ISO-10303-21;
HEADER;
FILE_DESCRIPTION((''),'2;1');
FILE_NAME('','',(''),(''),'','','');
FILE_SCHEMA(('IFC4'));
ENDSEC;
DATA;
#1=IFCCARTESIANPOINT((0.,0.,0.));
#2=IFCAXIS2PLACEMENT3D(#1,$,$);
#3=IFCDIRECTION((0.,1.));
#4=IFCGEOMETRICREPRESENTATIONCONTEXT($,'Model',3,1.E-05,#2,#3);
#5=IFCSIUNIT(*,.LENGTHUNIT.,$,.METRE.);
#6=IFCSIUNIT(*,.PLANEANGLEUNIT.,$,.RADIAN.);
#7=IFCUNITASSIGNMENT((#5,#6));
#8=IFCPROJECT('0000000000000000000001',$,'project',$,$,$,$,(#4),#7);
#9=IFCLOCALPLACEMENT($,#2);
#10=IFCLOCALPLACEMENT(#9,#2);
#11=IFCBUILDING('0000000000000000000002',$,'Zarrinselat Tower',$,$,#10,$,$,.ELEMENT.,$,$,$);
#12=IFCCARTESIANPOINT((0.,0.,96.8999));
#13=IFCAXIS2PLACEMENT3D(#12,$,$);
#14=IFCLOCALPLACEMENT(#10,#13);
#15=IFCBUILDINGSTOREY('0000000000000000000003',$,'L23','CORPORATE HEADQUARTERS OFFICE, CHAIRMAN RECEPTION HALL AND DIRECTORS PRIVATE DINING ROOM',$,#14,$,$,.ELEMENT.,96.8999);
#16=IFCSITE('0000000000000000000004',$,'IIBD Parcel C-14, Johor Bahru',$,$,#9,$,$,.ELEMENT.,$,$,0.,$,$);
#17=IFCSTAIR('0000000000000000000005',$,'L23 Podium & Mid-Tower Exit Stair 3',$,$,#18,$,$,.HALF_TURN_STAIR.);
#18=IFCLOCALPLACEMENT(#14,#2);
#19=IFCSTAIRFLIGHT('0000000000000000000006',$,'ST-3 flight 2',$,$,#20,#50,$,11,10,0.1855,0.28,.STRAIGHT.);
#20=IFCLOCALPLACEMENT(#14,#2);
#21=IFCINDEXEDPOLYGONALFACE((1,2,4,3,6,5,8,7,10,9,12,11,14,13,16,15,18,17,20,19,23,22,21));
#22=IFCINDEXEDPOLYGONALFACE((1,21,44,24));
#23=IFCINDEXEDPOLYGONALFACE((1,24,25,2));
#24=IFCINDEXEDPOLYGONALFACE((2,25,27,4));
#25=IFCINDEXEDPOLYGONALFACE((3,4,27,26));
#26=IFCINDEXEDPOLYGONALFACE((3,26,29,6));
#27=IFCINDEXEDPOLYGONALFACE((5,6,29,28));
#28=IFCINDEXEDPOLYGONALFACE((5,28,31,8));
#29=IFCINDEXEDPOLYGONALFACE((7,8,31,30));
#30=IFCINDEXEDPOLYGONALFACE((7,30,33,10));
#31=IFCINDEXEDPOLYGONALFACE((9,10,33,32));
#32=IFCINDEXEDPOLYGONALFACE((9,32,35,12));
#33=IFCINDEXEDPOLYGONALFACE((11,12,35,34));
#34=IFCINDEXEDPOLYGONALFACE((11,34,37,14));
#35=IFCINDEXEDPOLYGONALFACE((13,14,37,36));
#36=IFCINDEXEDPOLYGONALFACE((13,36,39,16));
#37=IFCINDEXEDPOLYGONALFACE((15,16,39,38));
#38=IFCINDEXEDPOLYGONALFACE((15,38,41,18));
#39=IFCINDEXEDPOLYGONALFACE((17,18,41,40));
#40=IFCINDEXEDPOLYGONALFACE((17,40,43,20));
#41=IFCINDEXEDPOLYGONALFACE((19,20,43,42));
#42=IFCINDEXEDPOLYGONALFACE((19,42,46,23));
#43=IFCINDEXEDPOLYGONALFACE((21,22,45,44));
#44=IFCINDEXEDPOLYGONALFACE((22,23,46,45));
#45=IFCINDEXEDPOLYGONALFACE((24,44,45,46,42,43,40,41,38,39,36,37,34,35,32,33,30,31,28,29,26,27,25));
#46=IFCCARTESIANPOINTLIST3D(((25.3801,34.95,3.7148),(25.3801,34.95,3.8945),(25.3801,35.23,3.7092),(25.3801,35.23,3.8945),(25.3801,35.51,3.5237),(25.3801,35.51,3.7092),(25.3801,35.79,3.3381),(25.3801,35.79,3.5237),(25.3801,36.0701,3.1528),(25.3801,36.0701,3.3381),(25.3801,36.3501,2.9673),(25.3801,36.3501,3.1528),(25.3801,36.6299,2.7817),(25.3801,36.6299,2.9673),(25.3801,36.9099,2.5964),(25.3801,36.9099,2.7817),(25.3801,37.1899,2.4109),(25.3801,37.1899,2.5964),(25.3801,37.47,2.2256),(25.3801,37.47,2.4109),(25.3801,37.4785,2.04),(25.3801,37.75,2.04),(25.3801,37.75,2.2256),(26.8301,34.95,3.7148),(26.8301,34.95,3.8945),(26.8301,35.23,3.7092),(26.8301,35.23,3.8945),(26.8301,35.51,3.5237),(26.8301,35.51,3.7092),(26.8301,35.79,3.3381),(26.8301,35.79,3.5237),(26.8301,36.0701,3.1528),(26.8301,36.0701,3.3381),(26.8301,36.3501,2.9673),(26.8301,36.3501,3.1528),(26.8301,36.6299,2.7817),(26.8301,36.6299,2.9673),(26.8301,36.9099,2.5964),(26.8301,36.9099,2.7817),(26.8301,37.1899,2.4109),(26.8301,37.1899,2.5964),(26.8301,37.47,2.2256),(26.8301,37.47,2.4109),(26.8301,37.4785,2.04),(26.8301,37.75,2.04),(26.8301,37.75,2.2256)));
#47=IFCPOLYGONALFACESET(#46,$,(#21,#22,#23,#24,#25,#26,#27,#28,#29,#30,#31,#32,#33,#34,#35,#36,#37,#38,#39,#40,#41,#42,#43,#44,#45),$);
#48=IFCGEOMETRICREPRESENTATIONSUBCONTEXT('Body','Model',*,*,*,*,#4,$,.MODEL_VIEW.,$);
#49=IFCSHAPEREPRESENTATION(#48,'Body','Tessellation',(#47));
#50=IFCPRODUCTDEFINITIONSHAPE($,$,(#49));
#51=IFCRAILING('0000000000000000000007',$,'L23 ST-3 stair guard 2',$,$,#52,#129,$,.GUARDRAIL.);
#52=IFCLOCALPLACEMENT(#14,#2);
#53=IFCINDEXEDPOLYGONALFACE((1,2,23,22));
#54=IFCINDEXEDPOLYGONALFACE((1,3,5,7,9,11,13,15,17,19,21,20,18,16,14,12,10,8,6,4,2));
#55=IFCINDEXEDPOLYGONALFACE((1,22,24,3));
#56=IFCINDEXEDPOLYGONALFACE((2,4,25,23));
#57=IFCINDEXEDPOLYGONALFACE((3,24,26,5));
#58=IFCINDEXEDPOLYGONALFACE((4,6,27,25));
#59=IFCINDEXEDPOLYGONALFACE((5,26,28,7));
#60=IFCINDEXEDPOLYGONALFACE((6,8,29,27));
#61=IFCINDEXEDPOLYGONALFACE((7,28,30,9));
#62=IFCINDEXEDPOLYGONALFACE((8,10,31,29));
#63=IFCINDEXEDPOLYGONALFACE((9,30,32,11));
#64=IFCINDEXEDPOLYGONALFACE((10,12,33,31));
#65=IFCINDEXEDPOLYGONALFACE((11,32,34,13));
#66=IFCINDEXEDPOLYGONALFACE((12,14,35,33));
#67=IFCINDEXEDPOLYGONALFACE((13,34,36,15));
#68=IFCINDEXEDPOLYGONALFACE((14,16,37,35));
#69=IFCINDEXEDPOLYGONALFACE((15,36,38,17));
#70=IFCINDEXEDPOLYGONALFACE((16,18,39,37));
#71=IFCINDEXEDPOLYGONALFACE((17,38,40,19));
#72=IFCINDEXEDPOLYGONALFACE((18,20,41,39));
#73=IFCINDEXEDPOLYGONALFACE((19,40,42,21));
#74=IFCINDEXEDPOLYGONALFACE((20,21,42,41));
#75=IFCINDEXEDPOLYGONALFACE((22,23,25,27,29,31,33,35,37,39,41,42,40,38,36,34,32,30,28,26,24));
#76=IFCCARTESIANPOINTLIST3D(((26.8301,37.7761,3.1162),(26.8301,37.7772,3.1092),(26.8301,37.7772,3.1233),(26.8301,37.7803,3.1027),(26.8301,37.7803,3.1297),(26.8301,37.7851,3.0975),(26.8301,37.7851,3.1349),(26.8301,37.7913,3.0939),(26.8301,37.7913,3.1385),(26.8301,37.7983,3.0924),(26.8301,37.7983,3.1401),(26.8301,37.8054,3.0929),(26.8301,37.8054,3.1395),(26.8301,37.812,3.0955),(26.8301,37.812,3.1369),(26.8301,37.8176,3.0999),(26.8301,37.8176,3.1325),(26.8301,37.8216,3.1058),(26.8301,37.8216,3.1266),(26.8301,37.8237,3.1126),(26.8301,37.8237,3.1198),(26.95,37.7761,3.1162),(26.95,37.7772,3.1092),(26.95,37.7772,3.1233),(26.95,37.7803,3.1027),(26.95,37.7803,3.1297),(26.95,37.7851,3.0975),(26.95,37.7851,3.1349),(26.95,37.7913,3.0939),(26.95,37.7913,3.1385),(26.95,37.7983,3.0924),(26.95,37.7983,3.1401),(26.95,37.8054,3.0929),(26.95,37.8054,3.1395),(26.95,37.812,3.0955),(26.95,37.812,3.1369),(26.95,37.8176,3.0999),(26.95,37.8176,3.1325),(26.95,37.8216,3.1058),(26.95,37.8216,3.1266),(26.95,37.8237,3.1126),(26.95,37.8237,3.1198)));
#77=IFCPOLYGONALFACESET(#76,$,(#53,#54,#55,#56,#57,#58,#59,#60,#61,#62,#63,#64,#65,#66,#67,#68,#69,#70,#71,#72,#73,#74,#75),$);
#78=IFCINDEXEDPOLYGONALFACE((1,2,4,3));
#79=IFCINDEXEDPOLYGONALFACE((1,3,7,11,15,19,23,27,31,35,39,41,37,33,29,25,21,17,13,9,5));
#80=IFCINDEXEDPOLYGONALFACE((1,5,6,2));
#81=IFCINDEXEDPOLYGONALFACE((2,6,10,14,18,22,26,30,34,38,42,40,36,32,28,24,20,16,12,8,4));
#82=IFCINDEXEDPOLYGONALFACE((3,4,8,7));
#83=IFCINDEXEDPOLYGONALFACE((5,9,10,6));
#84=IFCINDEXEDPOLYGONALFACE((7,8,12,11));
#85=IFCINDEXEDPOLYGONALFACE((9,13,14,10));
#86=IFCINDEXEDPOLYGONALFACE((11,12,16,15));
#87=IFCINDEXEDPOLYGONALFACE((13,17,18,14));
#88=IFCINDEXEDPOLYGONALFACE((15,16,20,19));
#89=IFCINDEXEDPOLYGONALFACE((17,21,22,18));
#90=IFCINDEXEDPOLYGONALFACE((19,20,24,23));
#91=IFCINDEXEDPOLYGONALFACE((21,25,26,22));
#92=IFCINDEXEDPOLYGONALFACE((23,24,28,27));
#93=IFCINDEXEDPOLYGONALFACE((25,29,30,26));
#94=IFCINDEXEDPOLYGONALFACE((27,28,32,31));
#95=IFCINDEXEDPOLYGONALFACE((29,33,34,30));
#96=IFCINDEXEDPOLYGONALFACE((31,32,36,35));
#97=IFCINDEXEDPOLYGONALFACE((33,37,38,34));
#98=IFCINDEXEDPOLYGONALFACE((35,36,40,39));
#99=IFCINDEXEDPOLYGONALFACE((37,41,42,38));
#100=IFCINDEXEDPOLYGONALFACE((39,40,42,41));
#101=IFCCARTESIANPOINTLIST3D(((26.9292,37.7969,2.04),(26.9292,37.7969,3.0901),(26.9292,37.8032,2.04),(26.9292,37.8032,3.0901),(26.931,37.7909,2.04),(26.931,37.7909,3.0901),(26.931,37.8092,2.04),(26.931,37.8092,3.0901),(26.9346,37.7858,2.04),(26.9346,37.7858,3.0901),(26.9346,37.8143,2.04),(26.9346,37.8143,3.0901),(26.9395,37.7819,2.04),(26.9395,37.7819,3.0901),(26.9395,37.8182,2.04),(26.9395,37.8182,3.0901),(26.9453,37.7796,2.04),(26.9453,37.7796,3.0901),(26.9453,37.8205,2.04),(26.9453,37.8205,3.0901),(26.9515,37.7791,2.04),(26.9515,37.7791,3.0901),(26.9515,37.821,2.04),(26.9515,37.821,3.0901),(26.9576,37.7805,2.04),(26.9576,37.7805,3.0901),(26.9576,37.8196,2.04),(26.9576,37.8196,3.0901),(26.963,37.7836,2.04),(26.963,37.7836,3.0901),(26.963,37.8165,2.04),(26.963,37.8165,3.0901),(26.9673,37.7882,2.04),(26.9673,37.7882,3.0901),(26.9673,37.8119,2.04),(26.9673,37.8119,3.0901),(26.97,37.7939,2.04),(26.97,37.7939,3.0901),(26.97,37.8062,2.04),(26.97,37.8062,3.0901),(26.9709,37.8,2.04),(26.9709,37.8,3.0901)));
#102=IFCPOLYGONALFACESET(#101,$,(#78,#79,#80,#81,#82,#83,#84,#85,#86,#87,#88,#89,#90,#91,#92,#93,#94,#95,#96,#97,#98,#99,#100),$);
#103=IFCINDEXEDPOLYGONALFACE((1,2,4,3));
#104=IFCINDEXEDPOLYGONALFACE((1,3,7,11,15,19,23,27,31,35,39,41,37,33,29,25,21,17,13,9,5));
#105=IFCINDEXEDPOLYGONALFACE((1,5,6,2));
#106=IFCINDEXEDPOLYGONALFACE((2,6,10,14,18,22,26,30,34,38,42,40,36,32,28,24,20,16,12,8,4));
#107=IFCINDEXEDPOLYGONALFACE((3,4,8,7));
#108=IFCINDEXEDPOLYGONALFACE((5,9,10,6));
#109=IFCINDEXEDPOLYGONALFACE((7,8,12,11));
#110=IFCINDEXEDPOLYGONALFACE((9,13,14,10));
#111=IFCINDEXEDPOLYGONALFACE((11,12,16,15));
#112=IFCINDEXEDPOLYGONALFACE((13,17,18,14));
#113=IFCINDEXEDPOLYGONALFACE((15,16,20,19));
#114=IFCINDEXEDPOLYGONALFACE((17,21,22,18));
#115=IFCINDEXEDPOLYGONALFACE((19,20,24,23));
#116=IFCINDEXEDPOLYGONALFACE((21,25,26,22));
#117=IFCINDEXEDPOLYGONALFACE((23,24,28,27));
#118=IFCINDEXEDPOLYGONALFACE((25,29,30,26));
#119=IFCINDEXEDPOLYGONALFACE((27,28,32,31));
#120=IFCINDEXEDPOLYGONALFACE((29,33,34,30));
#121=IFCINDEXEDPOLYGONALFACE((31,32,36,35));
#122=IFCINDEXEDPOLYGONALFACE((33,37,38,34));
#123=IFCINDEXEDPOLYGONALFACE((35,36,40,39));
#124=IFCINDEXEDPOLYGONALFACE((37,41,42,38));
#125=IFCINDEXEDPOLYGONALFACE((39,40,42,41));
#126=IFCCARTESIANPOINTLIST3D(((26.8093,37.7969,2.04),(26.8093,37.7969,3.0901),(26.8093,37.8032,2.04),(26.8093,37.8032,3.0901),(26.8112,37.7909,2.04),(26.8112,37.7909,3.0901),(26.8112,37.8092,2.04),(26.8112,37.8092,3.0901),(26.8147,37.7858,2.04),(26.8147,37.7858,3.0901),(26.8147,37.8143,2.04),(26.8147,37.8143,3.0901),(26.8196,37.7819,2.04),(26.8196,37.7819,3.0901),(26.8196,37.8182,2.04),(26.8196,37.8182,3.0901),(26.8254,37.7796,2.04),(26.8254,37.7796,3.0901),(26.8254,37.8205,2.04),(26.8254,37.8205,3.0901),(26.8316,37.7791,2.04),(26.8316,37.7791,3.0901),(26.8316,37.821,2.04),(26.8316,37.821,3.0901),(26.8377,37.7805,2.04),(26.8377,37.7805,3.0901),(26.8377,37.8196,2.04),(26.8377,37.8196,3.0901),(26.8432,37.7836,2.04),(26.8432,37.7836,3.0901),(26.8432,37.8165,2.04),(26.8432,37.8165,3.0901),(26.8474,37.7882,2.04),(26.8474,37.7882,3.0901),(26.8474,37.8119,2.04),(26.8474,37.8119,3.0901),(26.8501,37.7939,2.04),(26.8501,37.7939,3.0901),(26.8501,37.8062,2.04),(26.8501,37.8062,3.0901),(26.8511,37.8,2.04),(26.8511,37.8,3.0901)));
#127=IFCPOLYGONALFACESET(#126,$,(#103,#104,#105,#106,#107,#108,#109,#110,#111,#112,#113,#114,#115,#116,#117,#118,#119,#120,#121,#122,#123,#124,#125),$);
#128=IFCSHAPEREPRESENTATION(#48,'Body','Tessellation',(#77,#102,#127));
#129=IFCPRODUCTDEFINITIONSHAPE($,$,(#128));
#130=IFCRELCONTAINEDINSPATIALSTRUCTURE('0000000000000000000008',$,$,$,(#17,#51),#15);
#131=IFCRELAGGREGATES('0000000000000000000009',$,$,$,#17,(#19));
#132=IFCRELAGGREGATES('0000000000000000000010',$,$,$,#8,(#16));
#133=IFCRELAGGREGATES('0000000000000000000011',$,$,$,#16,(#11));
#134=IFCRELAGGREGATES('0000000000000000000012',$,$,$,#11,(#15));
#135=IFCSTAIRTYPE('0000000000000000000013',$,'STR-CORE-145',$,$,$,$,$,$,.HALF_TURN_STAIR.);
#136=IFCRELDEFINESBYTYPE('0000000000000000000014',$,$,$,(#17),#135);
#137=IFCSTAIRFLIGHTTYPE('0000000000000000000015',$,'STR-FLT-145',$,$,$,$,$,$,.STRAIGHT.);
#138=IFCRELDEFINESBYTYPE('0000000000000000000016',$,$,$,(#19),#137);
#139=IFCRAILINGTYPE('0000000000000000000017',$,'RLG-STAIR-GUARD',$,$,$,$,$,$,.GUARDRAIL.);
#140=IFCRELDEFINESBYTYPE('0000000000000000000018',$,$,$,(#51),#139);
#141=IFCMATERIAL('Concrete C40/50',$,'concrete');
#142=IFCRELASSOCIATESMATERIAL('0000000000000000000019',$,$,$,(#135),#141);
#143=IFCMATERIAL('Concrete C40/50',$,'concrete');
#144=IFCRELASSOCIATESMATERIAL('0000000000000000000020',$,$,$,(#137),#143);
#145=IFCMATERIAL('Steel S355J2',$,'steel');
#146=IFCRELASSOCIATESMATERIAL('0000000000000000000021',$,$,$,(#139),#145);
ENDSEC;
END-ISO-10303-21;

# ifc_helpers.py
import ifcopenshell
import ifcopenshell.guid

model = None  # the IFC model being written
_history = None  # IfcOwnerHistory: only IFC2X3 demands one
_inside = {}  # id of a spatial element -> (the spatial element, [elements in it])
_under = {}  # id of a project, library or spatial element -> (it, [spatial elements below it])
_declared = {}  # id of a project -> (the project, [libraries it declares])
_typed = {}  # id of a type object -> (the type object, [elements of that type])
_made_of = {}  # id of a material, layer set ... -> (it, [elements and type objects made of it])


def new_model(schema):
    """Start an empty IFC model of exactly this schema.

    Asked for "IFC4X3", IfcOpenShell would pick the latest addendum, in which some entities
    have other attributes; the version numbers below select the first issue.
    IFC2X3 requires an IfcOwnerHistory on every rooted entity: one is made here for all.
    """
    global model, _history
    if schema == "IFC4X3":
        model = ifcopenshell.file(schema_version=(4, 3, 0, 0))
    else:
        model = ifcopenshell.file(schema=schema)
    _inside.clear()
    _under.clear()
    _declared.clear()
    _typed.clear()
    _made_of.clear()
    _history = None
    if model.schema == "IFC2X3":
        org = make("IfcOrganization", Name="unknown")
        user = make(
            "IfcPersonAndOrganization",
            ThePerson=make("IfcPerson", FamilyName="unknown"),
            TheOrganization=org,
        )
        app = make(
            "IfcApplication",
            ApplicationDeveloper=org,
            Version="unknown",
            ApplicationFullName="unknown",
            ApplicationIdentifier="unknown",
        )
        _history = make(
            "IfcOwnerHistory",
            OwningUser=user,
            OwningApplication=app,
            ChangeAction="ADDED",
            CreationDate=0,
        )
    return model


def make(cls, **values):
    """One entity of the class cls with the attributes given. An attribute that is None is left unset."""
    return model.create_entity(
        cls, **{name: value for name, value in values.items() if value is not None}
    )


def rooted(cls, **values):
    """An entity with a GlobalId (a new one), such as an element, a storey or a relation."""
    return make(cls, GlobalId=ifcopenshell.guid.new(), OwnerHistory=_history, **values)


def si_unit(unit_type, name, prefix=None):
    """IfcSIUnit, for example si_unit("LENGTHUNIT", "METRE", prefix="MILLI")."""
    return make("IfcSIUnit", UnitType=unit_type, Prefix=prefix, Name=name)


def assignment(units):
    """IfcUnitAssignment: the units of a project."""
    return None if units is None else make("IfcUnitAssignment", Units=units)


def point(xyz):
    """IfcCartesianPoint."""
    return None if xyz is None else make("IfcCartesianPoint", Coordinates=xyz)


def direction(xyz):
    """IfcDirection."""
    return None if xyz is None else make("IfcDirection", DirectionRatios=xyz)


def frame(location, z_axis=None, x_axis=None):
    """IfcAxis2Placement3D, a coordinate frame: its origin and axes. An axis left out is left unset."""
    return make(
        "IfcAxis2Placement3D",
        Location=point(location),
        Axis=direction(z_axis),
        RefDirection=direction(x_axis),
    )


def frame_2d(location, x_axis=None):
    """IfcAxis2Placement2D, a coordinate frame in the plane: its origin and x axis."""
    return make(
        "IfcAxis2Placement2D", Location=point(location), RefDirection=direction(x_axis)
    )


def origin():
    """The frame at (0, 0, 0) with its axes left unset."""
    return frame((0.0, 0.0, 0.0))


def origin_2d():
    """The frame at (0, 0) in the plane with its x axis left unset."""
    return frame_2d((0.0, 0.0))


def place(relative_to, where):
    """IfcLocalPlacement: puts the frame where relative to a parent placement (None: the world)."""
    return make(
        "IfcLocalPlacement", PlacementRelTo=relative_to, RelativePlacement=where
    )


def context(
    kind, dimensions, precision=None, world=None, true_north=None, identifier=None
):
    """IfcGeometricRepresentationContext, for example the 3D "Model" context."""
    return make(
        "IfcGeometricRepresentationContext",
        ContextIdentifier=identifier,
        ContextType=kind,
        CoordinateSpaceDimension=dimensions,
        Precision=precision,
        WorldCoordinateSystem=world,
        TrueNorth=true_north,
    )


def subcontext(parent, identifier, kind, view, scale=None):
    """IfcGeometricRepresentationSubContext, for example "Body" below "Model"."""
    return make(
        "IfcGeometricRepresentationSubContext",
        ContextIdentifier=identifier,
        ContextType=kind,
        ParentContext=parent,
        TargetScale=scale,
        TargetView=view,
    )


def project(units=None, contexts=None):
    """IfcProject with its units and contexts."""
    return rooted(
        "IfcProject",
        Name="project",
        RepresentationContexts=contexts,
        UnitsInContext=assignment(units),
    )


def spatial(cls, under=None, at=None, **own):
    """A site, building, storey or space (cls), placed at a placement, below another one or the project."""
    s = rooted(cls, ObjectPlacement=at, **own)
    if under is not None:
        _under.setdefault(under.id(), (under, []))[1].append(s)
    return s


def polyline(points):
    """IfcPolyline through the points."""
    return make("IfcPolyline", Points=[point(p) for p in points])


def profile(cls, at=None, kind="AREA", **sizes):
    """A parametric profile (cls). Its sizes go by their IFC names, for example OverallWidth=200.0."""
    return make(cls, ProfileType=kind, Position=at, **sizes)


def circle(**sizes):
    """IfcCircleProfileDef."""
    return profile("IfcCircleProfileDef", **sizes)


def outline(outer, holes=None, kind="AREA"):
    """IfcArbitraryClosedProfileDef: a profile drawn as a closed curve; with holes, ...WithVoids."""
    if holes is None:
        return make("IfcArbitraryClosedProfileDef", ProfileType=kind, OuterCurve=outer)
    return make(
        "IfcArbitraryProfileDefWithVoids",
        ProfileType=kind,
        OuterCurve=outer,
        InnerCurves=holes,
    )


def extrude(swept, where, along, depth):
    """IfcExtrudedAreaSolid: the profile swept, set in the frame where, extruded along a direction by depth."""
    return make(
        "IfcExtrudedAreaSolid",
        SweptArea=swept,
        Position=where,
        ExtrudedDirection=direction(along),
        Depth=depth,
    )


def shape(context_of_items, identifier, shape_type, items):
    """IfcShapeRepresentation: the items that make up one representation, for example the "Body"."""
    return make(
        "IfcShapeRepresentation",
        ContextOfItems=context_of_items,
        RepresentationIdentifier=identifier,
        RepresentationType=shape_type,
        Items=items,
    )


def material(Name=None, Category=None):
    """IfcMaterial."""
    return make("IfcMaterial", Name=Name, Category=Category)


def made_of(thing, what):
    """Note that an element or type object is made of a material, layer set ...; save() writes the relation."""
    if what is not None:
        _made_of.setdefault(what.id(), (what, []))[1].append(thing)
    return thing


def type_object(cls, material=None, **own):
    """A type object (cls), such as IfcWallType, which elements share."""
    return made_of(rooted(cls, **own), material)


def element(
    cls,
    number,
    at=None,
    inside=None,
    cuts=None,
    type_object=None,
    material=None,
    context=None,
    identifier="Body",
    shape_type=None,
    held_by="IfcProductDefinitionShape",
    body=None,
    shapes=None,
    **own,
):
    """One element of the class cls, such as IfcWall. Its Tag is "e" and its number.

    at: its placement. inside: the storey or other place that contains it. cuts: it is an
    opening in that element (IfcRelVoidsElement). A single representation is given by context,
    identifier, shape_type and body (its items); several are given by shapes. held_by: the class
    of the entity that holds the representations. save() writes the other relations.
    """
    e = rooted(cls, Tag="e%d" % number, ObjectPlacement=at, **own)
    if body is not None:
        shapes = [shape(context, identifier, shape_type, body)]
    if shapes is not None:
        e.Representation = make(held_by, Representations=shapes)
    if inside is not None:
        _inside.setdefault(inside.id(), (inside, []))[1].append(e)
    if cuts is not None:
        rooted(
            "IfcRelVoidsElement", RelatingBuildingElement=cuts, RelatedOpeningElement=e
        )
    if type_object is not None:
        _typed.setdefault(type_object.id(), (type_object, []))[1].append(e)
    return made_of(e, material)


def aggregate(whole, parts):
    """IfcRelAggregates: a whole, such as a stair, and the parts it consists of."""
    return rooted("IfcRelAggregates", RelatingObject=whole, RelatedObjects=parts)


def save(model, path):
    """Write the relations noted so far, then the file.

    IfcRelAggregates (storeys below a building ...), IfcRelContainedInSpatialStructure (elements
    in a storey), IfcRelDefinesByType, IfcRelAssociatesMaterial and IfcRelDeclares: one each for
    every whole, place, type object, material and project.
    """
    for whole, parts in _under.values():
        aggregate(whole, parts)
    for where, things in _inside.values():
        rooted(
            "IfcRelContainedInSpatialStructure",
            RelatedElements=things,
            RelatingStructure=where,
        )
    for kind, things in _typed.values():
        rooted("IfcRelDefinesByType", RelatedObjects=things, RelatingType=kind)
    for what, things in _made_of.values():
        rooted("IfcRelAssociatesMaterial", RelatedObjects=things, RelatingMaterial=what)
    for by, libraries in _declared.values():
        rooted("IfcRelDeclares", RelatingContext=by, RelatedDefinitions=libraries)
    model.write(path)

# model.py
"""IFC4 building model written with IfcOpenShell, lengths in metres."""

from ifc_helpers import new_model, si_unit, direction, frame, origin, origin_2d, place, context, subcontext, project, spatial, polyline, circle, outline, extrude, material, type_object, element, aggregate, save


model = new_model("IFC4")

# Units and contexts
model_context = context("Model", 3, precision=1e-05, world=origin(), true_north=direction((0.0, 1.0)))
body_context = subcontext(model_context, "Body", "Model", "MODEL_VIEW")
ifc_project = project(units=[si_unit("LENGTHUNIT", "METRE"), si_unit("PLANEANGLEUNIT", "RADIAN")], contexts=[model_context])

# Site, building, storey
site_placement = place(None, origin())
site = spatial("IfcSite", under=ifc_project, at=site_placement, Name="IIBD Parcel C-14, Johor Bahru", CompositionType="ELEMENT", RefElevation=0.0)
building_placement = place(site_placement, origin())
building = spatial("IfcBuilding", under=site, at=building_placement, Name="Zarrinselat Tower", CompositionType="ELEMENT")
storey_placement = place(building_placement, frame((0.0, 0.0, 96.8999)))
storey = spatial("IfcBuildingStorey", under=building, at=storey_placement, Name="L23", Description="CORPORATE HEADQUARTERS OFFICE, CHAIRMAN RECEPTION HALL AND DIRECTORS PRIVATE DINING ROOM", CompositionType="ELEMENT", Elevation=96.8999)

# Stair, stair flight
ifc_material_1 = material(Name="Concrete C40/50", Category="concrete")
stair_type = type_object("IfcStairType", Name="STR-CORE-145", PredefinedType="HALF_TURN_STAIR", material=ifc_material_1)
stair_placement = place(storey_placement, origin())
stair = element("IfcStair", 1, at=stair_placement, inside=storey, type_object=stair_type, Name="L23 Podium & Mid-Tower Exit Stair 3", PredefinedType="HALF_TURN_STAIR")
ifc_material_2 = material(Name="Concrete C40/50", Category="concrete")
stair_flight_type = type_object("IfcStairFlightType", Name="STR-FLT-145", PredefinedType="STRAIGHT", material=ifc_material_2)
stair_flight_placement = place(storey_placement, frame((26.105, 37.75, 2.04), z_axis=(0.0, 0.0, 1.0), x_axis=(0.0, -1.0, 0.0)))
stair_flight = element("IfcStairFlight", 2, at=stair_flight_placement, type_object=stair_flight_type, Name="ST-3 flight 2", NumberOfRisers=11, NumberOfTreads=10, PredefinedType="STRAIGHT", RiserHeight=0.1855, TreadLength=0.28, context=body_context, shape_type="SweptSolid", body=[
    extrude(outline(polyline([(0.0, 0.0), (0.0, 0.1855), (0.28, 0.1855), (0.28, 0.3708), (0.5601, 0.3708), (0.5601, 0.5564), (0.8401, 0.5564), (0.8401, 0.7417), (1.1201, 0.7417), (1.1201, 0.9272), (1.3999, 0.9272), (1.3999, 1.1128), (1.6799, 1.1128), (1.6799, 1.2981), (1.96, 1.2981), (1.96, 1.4836), (2.24, 1.4836), (2.24, 1.6692), (2.52, 1.6692), (2.52, 1.8545), (2.8, 1.8545), (2.8, 2.04), (2.8, 1.6748), (0.2715, 0.0), (0.0, 0.0)])), frame((0.0, 0.7251, 0.0), z_axis=(0.0, -1.0, 0.0), x_axis=(1.0, 0.0, 0.0)), (0.0, 0.0, 1.0), 1.45),
])
aggregate(stair, [stair_flight])

# Railing
ifc_material_3 = material(Name="Steel S355J2", Category="steel")
railing_type_1 = type_object("IfcRailingType", Name="RLG-STAIR-GUARD", PredefinedType="GUARDRAIL", material=ifc_material_3)
railing_1_placement = place(storey_placement, frame((26.95, 37.8, 2.04)))
element("IfcRailing", 3, at=railing_1_placement, inside=storey, type_object=railing_type_1, Name="L23 ST-3 stair guard 2", PredefinedType="GUARDRAIL", context=body_context, shape_type="SweptSolid", body=[
    extrude(circle(Radius=0.0239, at=origin_2d()), frame((0.0, 0.0, 1.0762), z_axis=(-1.0, 0.0, 0.0), x_axis=(0.0, -1.0, 0.0)), (0.0, 0.0, 1.0), 0.1199),
    extrude(circle(Radius=0.021, at=origin_2d()), origin(), (0.0, 0.0, 1.0), 1.05),
    extrude(circle(Radius=0.021, at=origin_2d()), frame((-0.1199, 0.0, 0.0)), (0.0, 0.0, 1.0), 1.05),
])

save(model, "model.ifc")
